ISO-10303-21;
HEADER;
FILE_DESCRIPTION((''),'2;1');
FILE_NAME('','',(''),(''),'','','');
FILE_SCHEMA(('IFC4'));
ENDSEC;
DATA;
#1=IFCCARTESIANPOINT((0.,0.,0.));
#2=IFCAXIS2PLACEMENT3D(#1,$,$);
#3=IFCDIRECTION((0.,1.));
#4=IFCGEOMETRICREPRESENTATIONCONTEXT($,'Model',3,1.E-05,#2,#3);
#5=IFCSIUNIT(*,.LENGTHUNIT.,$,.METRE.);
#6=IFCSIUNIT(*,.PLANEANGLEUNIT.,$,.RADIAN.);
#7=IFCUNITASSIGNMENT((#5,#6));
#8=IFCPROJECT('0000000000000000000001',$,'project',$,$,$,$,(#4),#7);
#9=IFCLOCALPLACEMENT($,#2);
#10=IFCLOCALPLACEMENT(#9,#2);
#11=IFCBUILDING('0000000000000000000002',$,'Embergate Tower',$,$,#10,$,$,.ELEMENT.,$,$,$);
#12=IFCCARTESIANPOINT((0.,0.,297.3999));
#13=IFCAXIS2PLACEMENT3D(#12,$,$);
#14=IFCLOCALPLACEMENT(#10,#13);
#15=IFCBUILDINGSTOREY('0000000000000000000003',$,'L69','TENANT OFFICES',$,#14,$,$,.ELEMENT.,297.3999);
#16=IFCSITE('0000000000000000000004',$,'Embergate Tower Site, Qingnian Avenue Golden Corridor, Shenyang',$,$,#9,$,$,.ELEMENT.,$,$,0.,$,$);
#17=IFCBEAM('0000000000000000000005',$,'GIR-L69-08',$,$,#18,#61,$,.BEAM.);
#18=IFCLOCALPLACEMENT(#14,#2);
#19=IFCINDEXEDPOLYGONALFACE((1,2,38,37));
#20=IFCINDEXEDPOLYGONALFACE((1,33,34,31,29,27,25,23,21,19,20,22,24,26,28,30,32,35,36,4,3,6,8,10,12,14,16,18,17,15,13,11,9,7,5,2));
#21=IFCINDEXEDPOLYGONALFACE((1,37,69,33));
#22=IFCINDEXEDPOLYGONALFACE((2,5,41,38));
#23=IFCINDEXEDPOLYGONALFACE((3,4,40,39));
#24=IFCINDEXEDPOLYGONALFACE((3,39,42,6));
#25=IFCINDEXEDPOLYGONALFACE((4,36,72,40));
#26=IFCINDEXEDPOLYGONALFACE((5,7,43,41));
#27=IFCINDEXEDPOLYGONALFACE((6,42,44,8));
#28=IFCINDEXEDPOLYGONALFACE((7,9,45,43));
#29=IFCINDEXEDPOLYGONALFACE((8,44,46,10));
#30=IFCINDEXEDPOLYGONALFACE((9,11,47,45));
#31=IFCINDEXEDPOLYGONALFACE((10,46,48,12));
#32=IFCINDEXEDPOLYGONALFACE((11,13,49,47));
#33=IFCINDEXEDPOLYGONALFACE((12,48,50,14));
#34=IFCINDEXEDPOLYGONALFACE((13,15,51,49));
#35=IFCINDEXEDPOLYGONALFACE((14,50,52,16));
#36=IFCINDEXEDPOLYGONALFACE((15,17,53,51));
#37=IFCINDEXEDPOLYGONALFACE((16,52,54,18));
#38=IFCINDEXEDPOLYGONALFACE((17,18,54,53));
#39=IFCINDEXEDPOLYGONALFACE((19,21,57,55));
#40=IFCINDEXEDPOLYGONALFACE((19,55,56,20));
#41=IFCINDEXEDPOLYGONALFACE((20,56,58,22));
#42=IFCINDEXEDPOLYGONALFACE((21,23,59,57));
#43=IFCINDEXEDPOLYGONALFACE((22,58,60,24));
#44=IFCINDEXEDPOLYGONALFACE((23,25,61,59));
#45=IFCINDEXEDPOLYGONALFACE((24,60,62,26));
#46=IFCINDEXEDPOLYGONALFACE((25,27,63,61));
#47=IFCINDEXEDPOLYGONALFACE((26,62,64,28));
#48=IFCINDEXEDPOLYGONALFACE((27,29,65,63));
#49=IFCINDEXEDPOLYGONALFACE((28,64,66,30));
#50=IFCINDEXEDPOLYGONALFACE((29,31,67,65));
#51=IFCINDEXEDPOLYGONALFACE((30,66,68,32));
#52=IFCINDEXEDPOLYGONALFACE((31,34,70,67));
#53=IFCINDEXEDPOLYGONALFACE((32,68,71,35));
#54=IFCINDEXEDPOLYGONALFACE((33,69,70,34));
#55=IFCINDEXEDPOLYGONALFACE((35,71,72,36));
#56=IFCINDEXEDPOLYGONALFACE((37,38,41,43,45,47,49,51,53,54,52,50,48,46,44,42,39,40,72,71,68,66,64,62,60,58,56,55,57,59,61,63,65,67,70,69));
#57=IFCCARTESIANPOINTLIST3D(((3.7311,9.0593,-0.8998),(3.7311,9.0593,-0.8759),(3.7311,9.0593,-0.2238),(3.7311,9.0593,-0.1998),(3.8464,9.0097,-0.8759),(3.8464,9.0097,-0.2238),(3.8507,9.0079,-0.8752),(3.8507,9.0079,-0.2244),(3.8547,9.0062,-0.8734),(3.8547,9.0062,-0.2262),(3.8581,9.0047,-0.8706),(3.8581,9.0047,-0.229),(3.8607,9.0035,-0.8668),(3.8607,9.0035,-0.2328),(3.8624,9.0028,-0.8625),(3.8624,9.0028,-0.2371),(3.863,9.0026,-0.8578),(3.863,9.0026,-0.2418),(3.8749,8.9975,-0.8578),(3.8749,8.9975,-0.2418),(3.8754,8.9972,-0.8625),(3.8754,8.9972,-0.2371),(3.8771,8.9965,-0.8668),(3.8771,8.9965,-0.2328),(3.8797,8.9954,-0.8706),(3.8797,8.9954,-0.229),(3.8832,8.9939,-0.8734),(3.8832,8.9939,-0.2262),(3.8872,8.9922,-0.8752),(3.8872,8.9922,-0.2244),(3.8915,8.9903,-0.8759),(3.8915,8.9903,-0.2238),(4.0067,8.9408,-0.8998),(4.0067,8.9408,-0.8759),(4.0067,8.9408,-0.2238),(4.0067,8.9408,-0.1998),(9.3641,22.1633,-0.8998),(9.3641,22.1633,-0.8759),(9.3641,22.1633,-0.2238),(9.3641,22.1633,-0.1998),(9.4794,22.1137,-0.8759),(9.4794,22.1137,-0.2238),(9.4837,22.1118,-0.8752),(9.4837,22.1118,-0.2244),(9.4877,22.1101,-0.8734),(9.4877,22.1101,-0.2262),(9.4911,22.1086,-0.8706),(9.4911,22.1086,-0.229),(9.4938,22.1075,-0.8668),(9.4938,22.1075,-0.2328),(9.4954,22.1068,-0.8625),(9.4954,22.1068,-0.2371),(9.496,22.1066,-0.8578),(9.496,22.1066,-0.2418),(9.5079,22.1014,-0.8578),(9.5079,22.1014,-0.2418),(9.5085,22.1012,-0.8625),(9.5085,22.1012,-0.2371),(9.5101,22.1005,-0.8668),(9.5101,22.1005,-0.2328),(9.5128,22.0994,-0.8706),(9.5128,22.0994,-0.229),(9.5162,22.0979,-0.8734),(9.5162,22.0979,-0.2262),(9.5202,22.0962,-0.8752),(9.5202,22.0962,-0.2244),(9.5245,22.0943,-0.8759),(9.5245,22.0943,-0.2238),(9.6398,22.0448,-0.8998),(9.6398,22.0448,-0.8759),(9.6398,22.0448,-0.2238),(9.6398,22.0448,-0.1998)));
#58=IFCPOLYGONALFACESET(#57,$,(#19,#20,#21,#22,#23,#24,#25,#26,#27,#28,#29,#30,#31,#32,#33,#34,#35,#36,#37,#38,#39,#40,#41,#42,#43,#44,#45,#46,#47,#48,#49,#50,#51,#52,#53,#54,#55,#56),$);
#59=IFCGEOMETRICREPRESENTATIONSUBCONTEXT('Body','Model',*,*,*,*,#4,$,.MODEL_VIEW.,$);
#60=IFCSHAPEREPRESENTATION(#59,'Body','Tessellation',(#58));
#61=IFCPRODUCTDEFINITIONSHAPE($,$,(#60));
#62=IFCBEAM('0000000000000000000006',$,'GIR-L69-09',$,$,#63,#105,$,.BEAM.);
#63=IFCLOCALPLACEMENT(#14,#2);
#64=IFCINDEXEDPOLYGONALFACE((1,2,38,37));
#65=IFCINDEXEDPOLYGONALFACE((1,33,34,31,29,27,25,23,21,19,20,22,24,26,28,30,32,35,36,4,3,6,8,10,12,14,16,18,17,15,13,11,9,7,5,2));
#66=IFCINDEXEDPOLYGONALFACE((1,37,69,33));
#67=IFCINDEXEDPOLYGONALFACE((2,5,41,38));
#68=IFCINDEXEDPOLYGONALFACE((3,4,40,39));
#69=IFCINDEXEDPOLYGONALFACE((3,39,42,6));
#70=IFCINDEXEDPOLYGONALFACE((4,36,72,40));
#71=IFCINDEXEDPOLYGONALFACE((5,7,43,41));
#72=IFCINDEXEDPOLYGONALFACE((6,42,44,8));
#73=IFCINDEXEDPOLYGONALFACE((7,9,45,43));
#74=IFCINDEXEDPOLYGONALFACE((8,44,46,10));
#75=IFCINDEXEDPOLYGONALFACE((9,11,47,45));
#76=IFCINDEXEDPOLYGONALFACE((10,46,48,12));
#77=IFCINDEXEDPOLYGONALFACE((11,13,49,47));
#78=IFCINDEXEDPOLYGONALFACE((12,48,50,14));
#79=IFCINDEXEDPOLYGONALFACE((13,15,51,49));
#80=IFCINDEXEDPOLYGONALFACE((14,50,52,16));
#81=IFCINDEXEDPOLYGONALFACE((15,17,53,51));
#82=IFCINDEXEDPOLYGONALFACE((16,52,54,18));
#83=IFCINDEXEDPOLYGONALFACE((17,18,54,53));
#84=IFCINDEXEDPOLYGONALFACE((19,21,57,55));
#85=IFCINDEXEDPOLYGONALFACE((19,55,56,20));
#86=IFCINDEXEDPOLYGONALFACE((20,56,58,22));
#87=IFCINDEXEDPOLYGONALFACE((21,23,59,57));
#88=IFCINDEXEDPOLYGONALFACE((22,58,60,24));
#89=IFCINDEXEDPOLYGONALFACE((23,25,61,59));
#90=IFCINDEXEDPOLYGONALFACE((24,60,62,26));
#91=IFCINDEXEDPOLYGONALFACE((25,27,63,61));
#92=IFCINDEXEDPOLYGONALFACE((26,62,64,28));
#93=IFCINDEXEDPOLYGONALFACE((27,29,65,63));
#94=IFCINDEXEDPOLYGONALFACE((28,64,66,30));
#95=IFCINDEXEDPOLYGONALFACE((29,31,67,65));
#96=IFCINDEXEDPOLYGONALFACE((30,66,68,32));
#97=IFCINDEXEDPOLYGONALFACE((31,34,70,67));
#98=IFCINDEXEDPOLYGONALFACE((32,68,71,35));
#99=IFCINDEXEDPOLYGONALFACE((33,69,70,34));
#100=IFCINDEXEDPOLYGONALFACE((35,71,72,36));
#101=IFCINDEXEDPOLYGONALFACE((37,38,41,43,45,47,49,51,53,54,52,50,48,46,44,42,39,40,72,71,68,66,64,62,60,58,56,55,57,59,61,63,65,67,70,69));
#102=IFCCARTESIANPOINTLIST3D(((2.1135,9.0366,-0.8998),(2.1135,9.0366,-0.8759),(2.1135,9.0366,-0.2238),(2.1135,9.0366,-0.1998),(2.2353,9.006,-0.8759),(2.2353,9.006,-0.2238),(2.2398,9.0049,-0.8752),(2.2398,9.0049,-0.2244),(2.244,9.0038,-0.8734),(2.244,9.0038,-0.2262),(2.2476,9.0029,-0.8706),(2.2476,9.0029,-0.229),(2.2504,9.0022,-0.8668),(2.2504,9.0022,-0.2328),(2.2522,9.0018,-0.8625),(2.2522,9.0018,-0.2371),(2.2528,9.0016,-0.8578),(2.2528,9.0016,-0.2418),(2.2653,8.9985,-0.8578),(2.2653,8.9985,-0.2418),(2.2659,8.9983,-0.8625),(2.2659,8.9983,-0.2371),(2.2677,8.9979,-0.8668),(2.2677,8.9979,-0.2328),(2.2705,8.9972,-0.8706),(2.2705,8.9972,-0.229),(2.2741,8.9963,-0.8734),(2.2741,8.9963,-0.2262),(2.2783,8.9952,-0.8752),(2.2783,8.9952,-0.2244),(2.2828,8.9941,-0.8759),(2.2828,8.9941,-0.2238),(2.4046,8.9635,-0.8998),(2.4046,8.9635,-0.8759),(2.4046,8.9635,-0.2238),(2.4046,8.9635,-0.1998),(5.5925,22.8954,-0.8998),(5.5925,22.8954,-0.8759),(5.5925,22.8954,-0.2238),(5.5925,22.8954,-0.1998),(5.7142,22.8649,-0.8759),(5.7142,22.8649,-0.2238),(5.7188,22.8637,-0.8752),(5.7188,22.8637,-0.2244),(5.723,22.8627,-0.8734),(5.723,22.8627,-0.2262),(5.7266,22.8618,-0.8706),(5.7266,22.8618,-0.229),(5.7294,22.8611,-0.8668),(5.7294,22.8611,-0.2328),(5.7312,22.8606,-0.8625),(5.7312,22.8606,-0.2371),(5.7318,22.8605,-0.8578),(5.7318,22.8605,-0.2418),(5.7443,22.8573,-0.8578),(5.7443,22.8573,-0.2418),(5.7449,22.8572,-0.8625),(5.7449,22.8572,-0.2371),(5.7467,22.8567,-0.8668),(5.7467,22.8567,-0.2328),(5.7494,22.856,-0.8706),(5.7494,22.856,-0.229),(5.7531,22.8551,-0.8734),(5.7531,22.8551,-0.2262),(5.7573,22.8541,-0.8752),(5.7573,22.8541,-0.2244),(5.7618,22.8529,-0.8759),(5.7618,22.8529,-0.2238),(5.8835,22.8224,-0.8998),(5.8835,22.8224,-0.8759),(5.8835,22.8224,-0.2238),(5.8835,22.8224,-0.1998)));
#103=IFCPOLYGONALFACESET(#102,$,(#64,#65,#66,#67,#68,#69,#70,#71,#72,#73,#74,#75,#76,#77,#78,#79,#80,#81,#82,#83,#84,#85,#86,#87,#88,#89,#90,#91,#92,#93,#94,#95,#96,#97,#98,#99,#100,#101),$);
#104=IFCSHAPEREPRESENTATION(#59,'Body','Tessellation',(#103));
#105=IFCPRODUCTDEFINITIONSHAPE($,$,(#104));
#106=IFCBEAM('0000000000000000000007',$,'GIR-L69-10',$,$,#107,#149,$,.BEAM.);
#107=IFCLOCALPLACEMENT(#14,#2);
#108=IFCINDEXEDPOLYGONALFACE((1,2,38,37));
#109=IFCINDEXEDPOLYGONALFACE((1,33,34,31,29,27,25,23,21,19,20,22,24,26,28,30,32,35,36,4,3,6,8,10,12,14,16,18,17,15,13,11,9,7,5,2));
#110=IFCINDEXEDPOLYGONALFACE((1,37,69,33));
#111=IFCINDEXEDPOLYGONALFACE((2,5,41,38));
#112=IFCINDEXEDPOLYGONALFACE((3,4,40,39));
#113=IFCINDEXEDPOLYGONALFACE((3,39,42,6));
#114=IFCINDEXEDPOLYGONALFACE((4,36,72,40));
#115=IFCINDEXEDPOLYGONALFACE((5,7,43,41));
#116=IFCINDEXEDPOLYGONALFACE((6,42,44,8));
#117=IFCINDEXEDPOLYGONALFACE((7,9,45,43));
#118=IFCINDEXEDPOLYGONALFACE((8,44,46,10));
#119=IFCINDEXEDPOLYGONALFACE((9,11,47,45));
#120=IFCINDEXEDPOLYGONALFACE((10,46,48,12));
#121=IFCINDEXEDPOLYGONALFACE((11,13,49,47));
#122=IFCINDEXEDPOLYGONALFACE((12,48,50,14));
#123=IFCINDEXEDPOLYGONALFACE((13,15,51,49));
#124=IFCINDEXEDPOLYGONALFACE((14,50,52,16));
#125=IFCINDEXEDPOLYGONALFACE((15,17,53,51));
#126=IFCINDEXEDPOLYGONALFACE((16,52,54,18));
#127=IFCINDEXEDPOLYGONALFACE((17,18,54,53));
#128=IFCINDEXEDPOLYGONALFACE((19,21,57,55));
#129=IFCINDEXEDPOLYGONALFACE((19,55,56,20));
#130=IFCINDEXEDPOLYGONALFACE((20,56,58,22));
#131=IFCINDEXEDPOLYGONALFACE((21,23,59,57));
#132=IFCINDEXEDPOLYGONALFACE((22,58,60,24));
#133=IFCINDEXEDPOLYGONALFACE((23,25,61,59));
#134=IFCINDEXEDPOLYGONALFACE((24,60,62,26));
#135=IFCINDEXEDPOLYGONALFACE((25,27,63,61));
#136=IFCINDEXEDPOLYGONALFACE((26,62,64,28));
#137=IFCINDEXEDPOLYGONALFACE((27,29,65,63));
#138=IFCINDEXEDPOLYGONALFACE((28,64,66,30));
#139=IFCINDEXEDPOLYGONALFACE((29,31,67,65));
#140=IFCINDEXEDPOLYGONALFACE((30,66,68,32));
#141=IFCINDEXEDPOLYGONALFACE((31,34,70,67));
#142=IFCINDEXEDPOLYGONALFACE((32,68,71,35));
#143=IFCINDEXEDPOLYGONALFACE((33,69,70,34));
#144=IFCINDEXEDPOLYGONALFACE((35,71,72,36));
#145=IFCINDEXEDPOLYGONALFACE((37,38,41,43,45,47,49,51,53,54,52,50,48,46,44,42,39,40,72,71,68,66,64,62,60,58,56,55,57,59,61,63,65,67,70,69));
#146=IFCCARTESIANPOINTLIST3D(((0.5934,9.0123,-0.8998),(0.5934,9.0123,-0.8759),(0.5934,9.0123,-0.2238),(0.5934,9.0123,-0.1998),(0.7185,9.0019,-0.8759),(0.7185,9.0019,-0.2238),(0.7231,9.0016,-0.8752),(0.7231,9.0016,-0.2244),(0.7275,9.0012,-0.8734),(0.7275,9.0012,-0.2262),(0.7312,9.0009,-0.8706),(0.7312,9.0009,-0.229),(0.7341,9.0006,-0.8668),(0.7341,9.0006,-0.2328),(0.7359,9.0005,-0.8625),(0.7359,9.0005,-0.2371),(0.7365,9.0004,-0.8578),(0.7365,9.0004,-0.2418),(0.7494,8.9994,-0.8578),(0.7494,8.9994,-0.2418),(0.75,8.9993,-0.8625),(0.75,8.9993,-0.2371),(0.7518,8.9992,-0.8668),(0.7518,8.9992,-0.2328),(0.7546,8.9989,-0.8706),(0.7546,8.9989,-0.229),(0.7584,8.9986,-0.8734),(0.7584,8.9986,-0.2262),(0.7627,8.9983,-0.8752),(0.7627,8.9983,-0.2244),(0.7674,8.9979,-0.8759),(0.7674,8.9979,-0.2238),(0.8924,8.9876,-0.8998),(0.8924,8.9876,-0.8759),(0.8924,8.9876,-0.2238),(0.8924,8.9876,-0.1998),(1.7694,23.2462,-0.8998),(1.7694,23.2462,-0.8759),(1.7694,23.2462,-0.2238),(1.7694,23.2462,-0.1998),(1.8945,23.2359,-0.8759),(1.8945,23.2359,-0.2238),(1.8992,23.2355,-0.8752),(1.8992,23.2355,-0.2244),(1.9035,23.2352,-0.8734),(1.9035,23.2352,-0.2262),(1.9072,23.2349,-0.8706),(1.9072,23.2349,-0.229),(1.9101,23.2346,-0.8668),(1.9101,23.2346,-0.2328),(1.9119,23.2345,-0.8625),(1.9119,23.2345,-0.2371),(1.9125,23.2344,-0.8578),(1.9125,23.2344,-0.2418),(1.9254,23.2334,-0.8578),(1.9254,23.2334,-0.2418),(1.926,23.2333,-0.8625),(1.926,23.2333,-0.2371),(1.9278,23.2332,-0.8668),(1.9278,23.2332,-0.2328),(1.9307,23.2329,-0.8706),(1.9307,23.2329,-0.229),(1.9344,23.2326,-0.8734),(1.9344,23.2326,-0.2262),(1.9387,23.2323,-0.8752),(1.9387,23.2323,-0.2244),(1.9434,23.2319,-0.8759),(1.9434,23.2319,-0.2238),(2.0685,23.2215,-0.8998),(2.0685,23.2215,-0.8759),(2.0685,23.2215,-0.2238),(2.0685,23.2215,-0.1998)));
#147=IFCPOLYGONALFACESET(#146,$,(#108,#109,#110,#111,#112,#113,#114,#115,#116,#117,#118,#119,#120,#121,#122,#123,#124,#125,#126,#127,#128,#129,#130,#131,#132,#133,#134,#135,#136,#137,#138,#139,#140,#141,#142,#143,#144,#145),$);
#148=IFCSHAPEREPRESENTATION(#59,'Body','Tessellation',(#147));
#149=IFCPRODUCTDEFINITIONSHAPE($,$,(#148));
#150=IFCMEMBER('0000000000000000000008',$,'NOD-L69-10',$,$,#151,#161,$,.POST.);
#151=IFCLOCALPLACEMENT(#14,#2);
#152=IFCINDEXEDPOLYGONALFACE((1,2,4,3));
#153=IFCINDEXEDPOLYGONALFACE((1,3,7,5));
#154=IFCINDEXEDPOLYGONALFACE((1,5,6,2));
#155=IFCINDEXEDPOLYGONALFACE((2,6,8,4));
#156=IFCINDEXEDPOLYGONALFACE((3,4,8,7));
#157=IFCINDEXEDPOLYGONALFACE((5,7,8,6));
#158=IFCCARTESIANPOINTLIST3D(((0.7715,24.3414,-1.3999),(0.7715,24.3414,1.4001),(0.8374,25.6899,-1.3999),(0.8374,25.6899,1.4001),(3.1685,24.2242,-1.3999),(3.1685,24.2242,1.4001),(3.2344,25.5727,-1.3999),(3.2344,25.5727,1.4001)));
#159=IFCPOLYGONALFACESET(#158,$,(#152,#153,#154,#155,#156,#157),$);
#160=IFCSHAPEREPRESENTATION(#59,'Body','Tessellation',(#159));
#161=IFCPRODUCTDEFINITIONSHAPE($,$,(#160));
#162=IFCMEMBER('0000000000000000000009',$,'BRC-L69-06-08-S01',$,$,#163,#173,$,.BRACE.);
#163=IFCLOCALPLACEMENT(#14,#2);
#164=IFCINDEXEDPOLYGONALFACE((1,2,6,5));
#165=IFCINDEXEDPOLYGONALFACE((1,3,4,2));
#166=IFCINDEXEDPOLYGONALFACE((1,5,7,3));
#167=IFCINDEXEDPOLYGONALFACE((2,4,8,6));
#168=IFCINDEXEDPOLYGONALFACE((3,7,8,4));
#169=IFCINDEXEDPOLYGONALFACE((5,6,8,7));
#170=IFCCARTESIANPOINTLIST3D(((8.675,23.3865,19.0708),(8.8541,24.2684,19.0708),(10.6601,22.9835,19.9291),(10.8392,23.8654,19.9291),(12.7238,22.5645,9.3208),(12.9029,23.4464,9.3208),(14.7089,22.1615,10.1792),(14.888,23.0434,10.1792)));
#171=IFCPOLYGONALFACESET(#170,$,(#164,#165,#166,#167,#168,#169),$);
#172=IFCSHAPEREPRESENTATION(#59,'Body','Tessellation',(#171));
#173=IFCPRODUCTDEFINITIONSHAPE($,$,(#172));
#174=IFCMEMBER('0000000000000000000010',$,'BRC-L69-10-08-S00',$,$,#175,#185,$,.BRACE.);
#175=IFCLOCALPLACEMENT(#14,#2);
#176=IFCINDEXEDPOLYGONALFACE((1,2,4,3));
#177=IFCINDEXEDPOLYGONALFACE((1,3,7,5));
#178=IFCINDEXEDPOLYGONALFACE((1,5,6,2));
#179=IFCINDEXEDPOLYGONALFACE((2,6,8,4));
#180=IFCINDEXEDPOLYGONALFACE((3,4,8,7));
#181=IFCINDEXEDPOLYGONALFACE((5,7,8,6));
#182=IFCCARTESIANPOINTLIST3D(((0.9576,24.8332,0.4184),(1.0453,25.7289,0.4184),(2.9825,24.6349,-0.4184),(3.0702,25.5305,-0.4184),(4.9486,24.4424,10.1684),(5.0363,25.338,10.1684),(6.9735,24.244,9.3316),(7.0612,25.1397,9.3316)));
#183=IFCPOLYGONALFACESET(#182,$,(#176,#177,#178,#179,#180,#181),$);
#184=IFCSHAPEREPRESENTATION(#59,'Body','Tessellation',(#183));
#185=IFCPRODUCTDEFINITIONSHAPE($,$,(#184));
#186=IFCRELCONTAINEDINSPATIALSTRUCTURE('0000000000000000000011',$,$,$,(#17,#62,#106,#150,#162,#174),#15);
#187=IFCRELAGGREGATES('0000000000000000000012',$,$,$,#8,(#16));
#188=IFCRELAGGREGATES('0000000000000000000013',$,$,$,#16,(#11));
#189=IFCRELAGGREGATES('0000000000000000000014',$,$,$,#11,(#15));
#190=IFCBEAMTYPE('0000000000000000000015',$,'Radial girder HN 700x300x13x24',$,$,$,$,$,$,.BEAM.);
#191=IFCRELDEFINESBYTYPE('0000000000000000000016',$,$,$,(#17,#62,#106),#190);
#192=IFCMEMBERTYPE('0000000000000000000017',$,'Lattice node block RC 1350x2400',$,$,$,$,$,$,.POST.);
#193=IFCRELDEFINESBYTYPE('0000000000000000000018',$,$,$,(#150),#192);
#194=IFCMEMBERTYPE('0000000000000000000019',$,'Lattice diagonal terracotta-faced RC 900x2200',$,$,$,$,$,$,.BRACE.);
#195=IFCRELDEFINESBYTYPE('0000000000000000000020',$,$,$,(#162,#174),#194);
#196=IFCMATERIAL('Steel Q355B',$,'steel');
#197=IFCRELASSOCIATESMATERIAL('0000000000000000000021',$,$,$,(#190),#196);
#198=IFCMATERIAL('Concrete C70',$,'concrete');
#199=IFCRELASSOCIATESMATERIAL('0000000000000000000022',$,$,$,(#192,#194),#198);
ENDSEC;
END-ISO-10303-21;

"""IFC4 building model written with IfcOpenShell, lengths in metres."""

from ifc_helpers import new_model, si_unit, direction, frame, origin, origin_2d, place, context, subcontext, project, spatial, rectangle, i_section, extrude, source, transform, mapped, material, material_profile, profile_set, type_object, element, save


model = new_model("IFC4")

# Units and contexts
model_context = context("Model", 3, precision=1e-05, world=origin(), true_north=direction((0.0, 1.0)))
body_context = subcontext(model_context, "Body", "Model", "MODEL_VIEW")
ifc_project = project(units=[si_unit("LENGTHUNIT", "METRE"), si_unit("PLANEANGLEUNIT", "RADIAN")], contexts=[model_context])

# Site, building, storey
site_placement = place(None, origin())
site = spatial("IfcSite", under=ifc_project, at=site_placement, Name="Embergate Tower Site, Qingnian Avenue Golden Corridor, Shenyang", CompositionType="ELEMENT", RefElevation=0.0)
building_placement = place(site_placement, origin())
building = spatial("IfcBuilding", under=site, at=building_placement, Name="Embergate Tower", CompositionType="ELEMENT")
storey_placement = place(building_placement, frame((0.0, 0.0, 297.3999)))
storey = spatial("IfcBuildingStorey", under=building, at=storey_placement, Name="L69", Description="TENANT OFFICES", CompositionType="ELEMENT", Elevation=297.3999)

# Beams
ifc_material_1 = material(Name="Steel Q355B", Category="steel")
ifc_material_profile_1 = material_profile(ifc_material_1, i_section(OverallWidth=0.3, OverallDepth=0.7, WebThickness=0.0129, FlangeThickness=0.0239, FilletRadius=0.0181, at=origin_2d()), Name="HN 700x300x13x24")
ifc_profile_set_1 = profile_set([ifc_material_profile_1], Name="Steel Q355 grade B")
beam_type_1 = type_object("IfcBeamType", Name="Radial girder HN 700x300x13x24", PredefinedType="BEAM", material=ifc_profile_set_1)
shared_shape_1 = source(origin(), body_context, "Body", "SweptSolid", [
    extrude(i_section(OverallWidth=0.3, OverallDepth=0.7, WebThickness=0.0129, FlangeThickness=0.0239, FilletRadius=0.0181, at=origin_2d()), origin(), (0.0, 0.0, 1.0), 14.2634),
])
beam_1_placement = place(storey_placement, frame((9.502, 22.104, -0.5498), z_axis=(-0.394929, -0.918712, 0.0), x_axis=(0.918712, -0.394929, 0.0)))
element("IfcBeam", 1, at=beam_1_placement, inside=storey, type_object=beam_type_1, Name="GIR-L69-08", PredefinedType="BEAM", context=body_context, shape_type="MappedRepresentation", body=[
    mapped(shared_shape_1, transform((0.0, 0.0, 0.0))),
])
shared_shape_2 = source(origin(), body_context, "Body", "SweptSolid", [
    extrude(i_section(OverallWidth=0.3, OverallDepth=0.7, WebThickness=0.0129, FlangeThickness=0.0239, FilletRadius=0.0181, at=origin_2d()), origin(), (0.0, 0.0, 1.0), 14.2888),
])
beam_2_placement = place(storey_placement, frame((5.738, 22.8589, -0.5498), z_axis=(-0.243476, -0.969907, 0.0), x_axis=(0.969907, -0.243476, 0.0)))
element("IfcBeam", 2, at=beam_2_placement, inside=storey, type_object=beam_type_1, Name="GIR-L69-09", PredefinedType="BEAM", context=body_context, shape_type="MappedRepresentation", body=[
    mapped(shared_shape_2, transform((0.0, 0.0, 0.0))),
])
shared_shape_3 = source(origin(), body_context, "Body", "SweptSolid", [
    extrude(i_section(OverallWidth=0.3, OverallDepth=0.7, WebThickness=0.0129, FlangeThickness=0.0239, FilletRadius=0.0181, at=origin_2d()), origin(), (0.0, 0.0, 1.0), 14.2825),
])
beam_3_placement = place(storey_placement, frame((1.9189, 23.2339, -0.5498), z_axis=(-0.082341, -0.996604, 0.0), x_axis=(0.996604, -0.082341, 0.0)))
element("IfcBeam", 3, at=beam_3_placement, inside=storey, type_object=beam_type_1, Name="GIR-L69-10", PredefinedType="BEAM", context=body_context, shape_type="MappedRepresentation", body=[
    mapped(shared_shape_3, transform((0.0, 0.0, 0.0))),
])

# Members
ifc_material_2 = material(Name="Concrete C70", Category="concrete")
ifc_material_profile_2 = material_profile(ifc_material_2, rectangle(XDim=1.3501, YDim=2.3999, at=origin_2d()), Name="RC 1350x2400")
ifc_profile_set_2 = profile_set([ifc_material_profile_2], Name="Concrete C70")
member_type_1 = type_object("IfcMemberType", Name="Lattice node block RC 1350x2400", PredefinedType="POST", material=ifc_profile_set_2)
shared_shape_4 = source(origin(), body_context, "Body", "SweptSolid", [
    extrude(rectangle(XDim=1.3501, YDim=2.3999, at=origin_2d()), origin(), (0.0, 0.0, 1.0), 2.8),
])
member_1_placement = place(storey_placement, frame((2.0029, 24.957, -1.3999), z_axis=(0.0, 0.0, 1.0), x_axis=(0.048815, 0.998808, 0.0)))
element("IfcMember", 4, at=member_1_placement, inside=storey, type_object=member_type_1, Name="NOD-L69-10", PredefinedType="POST", context=body_context, shape_type="MappedRepresentation", body=[
    mapped(shared_shape_4, transform((0.0, 0.0, 0.0))),
])
ifc_material_profile_3 = material_profile(ifc_material_2, rectangle(XDim=0.8999, YDim=2.2, at=origin_2d()), Name="RC 900x2200")
ifc_profile_set_3 = profile_set([ifc_material_profile_3], Name="Concrete C70")
member_type_2 = type_object("IfcMemberType", Name="Lattice diagonal terracotta-faced RC 900x2200", PredefinedType="BRACE", material=ifc_profile_set_3)
shared_shape_5 = source(origin(), body_context, "Body", "SweptSolid", [
    extrude(rectangle(XDim=0.8999, YDim=2.2, at=origin_2d()), origin(), (0.0, 0.0, 1.0), 10.5891),
])
member_2_placement = place(storey_placement, frame((13.8059, 22.804, 9.75), z_axis=(-0.382354, 0.077628, 0.920749), x_axis=(-0.198968, -0.980006, 0.0)))
element("IfcMember", 5, at=member_2_placement, inside=storey, type_object=member_type_2, Name="BRC-L69-06-08-S01", PredefinedType="BRACE", context=body_context, shape_type="MappedRepresentation", body=[
    mapped(shared_shape_5, transform((0.0, 0.0, 0.0))),
])
shared_shape_6 = source(origin(), body_context, "Body", "SweptSolid", [
    extrude(rectangle(XDim=0.8999, YDim=2.2, at=origin_2d()), origin(), (0.0, 0.0, 1.0), 10.5425),
])
member_3_placement = place(storey_placement, frame((2.0139, 25.1819, 0.0), z_axis=(0.378562, -0.037076, 0.924833), x_axis=(0.097472, 0.995238, 0.0)))
element("IfcMember", 6, at=member_3_placement, inside=storey, type_object=member_type_2, Name="BRC-L69-10-08-S00", PredefinedType="BRACE", context=body_context, shape_type="MappedRepresentation", body=[
    mapped(shared_shape_6, transform((0.0, 0.0, 0.0))),
])

save(model, "model.ifc")
